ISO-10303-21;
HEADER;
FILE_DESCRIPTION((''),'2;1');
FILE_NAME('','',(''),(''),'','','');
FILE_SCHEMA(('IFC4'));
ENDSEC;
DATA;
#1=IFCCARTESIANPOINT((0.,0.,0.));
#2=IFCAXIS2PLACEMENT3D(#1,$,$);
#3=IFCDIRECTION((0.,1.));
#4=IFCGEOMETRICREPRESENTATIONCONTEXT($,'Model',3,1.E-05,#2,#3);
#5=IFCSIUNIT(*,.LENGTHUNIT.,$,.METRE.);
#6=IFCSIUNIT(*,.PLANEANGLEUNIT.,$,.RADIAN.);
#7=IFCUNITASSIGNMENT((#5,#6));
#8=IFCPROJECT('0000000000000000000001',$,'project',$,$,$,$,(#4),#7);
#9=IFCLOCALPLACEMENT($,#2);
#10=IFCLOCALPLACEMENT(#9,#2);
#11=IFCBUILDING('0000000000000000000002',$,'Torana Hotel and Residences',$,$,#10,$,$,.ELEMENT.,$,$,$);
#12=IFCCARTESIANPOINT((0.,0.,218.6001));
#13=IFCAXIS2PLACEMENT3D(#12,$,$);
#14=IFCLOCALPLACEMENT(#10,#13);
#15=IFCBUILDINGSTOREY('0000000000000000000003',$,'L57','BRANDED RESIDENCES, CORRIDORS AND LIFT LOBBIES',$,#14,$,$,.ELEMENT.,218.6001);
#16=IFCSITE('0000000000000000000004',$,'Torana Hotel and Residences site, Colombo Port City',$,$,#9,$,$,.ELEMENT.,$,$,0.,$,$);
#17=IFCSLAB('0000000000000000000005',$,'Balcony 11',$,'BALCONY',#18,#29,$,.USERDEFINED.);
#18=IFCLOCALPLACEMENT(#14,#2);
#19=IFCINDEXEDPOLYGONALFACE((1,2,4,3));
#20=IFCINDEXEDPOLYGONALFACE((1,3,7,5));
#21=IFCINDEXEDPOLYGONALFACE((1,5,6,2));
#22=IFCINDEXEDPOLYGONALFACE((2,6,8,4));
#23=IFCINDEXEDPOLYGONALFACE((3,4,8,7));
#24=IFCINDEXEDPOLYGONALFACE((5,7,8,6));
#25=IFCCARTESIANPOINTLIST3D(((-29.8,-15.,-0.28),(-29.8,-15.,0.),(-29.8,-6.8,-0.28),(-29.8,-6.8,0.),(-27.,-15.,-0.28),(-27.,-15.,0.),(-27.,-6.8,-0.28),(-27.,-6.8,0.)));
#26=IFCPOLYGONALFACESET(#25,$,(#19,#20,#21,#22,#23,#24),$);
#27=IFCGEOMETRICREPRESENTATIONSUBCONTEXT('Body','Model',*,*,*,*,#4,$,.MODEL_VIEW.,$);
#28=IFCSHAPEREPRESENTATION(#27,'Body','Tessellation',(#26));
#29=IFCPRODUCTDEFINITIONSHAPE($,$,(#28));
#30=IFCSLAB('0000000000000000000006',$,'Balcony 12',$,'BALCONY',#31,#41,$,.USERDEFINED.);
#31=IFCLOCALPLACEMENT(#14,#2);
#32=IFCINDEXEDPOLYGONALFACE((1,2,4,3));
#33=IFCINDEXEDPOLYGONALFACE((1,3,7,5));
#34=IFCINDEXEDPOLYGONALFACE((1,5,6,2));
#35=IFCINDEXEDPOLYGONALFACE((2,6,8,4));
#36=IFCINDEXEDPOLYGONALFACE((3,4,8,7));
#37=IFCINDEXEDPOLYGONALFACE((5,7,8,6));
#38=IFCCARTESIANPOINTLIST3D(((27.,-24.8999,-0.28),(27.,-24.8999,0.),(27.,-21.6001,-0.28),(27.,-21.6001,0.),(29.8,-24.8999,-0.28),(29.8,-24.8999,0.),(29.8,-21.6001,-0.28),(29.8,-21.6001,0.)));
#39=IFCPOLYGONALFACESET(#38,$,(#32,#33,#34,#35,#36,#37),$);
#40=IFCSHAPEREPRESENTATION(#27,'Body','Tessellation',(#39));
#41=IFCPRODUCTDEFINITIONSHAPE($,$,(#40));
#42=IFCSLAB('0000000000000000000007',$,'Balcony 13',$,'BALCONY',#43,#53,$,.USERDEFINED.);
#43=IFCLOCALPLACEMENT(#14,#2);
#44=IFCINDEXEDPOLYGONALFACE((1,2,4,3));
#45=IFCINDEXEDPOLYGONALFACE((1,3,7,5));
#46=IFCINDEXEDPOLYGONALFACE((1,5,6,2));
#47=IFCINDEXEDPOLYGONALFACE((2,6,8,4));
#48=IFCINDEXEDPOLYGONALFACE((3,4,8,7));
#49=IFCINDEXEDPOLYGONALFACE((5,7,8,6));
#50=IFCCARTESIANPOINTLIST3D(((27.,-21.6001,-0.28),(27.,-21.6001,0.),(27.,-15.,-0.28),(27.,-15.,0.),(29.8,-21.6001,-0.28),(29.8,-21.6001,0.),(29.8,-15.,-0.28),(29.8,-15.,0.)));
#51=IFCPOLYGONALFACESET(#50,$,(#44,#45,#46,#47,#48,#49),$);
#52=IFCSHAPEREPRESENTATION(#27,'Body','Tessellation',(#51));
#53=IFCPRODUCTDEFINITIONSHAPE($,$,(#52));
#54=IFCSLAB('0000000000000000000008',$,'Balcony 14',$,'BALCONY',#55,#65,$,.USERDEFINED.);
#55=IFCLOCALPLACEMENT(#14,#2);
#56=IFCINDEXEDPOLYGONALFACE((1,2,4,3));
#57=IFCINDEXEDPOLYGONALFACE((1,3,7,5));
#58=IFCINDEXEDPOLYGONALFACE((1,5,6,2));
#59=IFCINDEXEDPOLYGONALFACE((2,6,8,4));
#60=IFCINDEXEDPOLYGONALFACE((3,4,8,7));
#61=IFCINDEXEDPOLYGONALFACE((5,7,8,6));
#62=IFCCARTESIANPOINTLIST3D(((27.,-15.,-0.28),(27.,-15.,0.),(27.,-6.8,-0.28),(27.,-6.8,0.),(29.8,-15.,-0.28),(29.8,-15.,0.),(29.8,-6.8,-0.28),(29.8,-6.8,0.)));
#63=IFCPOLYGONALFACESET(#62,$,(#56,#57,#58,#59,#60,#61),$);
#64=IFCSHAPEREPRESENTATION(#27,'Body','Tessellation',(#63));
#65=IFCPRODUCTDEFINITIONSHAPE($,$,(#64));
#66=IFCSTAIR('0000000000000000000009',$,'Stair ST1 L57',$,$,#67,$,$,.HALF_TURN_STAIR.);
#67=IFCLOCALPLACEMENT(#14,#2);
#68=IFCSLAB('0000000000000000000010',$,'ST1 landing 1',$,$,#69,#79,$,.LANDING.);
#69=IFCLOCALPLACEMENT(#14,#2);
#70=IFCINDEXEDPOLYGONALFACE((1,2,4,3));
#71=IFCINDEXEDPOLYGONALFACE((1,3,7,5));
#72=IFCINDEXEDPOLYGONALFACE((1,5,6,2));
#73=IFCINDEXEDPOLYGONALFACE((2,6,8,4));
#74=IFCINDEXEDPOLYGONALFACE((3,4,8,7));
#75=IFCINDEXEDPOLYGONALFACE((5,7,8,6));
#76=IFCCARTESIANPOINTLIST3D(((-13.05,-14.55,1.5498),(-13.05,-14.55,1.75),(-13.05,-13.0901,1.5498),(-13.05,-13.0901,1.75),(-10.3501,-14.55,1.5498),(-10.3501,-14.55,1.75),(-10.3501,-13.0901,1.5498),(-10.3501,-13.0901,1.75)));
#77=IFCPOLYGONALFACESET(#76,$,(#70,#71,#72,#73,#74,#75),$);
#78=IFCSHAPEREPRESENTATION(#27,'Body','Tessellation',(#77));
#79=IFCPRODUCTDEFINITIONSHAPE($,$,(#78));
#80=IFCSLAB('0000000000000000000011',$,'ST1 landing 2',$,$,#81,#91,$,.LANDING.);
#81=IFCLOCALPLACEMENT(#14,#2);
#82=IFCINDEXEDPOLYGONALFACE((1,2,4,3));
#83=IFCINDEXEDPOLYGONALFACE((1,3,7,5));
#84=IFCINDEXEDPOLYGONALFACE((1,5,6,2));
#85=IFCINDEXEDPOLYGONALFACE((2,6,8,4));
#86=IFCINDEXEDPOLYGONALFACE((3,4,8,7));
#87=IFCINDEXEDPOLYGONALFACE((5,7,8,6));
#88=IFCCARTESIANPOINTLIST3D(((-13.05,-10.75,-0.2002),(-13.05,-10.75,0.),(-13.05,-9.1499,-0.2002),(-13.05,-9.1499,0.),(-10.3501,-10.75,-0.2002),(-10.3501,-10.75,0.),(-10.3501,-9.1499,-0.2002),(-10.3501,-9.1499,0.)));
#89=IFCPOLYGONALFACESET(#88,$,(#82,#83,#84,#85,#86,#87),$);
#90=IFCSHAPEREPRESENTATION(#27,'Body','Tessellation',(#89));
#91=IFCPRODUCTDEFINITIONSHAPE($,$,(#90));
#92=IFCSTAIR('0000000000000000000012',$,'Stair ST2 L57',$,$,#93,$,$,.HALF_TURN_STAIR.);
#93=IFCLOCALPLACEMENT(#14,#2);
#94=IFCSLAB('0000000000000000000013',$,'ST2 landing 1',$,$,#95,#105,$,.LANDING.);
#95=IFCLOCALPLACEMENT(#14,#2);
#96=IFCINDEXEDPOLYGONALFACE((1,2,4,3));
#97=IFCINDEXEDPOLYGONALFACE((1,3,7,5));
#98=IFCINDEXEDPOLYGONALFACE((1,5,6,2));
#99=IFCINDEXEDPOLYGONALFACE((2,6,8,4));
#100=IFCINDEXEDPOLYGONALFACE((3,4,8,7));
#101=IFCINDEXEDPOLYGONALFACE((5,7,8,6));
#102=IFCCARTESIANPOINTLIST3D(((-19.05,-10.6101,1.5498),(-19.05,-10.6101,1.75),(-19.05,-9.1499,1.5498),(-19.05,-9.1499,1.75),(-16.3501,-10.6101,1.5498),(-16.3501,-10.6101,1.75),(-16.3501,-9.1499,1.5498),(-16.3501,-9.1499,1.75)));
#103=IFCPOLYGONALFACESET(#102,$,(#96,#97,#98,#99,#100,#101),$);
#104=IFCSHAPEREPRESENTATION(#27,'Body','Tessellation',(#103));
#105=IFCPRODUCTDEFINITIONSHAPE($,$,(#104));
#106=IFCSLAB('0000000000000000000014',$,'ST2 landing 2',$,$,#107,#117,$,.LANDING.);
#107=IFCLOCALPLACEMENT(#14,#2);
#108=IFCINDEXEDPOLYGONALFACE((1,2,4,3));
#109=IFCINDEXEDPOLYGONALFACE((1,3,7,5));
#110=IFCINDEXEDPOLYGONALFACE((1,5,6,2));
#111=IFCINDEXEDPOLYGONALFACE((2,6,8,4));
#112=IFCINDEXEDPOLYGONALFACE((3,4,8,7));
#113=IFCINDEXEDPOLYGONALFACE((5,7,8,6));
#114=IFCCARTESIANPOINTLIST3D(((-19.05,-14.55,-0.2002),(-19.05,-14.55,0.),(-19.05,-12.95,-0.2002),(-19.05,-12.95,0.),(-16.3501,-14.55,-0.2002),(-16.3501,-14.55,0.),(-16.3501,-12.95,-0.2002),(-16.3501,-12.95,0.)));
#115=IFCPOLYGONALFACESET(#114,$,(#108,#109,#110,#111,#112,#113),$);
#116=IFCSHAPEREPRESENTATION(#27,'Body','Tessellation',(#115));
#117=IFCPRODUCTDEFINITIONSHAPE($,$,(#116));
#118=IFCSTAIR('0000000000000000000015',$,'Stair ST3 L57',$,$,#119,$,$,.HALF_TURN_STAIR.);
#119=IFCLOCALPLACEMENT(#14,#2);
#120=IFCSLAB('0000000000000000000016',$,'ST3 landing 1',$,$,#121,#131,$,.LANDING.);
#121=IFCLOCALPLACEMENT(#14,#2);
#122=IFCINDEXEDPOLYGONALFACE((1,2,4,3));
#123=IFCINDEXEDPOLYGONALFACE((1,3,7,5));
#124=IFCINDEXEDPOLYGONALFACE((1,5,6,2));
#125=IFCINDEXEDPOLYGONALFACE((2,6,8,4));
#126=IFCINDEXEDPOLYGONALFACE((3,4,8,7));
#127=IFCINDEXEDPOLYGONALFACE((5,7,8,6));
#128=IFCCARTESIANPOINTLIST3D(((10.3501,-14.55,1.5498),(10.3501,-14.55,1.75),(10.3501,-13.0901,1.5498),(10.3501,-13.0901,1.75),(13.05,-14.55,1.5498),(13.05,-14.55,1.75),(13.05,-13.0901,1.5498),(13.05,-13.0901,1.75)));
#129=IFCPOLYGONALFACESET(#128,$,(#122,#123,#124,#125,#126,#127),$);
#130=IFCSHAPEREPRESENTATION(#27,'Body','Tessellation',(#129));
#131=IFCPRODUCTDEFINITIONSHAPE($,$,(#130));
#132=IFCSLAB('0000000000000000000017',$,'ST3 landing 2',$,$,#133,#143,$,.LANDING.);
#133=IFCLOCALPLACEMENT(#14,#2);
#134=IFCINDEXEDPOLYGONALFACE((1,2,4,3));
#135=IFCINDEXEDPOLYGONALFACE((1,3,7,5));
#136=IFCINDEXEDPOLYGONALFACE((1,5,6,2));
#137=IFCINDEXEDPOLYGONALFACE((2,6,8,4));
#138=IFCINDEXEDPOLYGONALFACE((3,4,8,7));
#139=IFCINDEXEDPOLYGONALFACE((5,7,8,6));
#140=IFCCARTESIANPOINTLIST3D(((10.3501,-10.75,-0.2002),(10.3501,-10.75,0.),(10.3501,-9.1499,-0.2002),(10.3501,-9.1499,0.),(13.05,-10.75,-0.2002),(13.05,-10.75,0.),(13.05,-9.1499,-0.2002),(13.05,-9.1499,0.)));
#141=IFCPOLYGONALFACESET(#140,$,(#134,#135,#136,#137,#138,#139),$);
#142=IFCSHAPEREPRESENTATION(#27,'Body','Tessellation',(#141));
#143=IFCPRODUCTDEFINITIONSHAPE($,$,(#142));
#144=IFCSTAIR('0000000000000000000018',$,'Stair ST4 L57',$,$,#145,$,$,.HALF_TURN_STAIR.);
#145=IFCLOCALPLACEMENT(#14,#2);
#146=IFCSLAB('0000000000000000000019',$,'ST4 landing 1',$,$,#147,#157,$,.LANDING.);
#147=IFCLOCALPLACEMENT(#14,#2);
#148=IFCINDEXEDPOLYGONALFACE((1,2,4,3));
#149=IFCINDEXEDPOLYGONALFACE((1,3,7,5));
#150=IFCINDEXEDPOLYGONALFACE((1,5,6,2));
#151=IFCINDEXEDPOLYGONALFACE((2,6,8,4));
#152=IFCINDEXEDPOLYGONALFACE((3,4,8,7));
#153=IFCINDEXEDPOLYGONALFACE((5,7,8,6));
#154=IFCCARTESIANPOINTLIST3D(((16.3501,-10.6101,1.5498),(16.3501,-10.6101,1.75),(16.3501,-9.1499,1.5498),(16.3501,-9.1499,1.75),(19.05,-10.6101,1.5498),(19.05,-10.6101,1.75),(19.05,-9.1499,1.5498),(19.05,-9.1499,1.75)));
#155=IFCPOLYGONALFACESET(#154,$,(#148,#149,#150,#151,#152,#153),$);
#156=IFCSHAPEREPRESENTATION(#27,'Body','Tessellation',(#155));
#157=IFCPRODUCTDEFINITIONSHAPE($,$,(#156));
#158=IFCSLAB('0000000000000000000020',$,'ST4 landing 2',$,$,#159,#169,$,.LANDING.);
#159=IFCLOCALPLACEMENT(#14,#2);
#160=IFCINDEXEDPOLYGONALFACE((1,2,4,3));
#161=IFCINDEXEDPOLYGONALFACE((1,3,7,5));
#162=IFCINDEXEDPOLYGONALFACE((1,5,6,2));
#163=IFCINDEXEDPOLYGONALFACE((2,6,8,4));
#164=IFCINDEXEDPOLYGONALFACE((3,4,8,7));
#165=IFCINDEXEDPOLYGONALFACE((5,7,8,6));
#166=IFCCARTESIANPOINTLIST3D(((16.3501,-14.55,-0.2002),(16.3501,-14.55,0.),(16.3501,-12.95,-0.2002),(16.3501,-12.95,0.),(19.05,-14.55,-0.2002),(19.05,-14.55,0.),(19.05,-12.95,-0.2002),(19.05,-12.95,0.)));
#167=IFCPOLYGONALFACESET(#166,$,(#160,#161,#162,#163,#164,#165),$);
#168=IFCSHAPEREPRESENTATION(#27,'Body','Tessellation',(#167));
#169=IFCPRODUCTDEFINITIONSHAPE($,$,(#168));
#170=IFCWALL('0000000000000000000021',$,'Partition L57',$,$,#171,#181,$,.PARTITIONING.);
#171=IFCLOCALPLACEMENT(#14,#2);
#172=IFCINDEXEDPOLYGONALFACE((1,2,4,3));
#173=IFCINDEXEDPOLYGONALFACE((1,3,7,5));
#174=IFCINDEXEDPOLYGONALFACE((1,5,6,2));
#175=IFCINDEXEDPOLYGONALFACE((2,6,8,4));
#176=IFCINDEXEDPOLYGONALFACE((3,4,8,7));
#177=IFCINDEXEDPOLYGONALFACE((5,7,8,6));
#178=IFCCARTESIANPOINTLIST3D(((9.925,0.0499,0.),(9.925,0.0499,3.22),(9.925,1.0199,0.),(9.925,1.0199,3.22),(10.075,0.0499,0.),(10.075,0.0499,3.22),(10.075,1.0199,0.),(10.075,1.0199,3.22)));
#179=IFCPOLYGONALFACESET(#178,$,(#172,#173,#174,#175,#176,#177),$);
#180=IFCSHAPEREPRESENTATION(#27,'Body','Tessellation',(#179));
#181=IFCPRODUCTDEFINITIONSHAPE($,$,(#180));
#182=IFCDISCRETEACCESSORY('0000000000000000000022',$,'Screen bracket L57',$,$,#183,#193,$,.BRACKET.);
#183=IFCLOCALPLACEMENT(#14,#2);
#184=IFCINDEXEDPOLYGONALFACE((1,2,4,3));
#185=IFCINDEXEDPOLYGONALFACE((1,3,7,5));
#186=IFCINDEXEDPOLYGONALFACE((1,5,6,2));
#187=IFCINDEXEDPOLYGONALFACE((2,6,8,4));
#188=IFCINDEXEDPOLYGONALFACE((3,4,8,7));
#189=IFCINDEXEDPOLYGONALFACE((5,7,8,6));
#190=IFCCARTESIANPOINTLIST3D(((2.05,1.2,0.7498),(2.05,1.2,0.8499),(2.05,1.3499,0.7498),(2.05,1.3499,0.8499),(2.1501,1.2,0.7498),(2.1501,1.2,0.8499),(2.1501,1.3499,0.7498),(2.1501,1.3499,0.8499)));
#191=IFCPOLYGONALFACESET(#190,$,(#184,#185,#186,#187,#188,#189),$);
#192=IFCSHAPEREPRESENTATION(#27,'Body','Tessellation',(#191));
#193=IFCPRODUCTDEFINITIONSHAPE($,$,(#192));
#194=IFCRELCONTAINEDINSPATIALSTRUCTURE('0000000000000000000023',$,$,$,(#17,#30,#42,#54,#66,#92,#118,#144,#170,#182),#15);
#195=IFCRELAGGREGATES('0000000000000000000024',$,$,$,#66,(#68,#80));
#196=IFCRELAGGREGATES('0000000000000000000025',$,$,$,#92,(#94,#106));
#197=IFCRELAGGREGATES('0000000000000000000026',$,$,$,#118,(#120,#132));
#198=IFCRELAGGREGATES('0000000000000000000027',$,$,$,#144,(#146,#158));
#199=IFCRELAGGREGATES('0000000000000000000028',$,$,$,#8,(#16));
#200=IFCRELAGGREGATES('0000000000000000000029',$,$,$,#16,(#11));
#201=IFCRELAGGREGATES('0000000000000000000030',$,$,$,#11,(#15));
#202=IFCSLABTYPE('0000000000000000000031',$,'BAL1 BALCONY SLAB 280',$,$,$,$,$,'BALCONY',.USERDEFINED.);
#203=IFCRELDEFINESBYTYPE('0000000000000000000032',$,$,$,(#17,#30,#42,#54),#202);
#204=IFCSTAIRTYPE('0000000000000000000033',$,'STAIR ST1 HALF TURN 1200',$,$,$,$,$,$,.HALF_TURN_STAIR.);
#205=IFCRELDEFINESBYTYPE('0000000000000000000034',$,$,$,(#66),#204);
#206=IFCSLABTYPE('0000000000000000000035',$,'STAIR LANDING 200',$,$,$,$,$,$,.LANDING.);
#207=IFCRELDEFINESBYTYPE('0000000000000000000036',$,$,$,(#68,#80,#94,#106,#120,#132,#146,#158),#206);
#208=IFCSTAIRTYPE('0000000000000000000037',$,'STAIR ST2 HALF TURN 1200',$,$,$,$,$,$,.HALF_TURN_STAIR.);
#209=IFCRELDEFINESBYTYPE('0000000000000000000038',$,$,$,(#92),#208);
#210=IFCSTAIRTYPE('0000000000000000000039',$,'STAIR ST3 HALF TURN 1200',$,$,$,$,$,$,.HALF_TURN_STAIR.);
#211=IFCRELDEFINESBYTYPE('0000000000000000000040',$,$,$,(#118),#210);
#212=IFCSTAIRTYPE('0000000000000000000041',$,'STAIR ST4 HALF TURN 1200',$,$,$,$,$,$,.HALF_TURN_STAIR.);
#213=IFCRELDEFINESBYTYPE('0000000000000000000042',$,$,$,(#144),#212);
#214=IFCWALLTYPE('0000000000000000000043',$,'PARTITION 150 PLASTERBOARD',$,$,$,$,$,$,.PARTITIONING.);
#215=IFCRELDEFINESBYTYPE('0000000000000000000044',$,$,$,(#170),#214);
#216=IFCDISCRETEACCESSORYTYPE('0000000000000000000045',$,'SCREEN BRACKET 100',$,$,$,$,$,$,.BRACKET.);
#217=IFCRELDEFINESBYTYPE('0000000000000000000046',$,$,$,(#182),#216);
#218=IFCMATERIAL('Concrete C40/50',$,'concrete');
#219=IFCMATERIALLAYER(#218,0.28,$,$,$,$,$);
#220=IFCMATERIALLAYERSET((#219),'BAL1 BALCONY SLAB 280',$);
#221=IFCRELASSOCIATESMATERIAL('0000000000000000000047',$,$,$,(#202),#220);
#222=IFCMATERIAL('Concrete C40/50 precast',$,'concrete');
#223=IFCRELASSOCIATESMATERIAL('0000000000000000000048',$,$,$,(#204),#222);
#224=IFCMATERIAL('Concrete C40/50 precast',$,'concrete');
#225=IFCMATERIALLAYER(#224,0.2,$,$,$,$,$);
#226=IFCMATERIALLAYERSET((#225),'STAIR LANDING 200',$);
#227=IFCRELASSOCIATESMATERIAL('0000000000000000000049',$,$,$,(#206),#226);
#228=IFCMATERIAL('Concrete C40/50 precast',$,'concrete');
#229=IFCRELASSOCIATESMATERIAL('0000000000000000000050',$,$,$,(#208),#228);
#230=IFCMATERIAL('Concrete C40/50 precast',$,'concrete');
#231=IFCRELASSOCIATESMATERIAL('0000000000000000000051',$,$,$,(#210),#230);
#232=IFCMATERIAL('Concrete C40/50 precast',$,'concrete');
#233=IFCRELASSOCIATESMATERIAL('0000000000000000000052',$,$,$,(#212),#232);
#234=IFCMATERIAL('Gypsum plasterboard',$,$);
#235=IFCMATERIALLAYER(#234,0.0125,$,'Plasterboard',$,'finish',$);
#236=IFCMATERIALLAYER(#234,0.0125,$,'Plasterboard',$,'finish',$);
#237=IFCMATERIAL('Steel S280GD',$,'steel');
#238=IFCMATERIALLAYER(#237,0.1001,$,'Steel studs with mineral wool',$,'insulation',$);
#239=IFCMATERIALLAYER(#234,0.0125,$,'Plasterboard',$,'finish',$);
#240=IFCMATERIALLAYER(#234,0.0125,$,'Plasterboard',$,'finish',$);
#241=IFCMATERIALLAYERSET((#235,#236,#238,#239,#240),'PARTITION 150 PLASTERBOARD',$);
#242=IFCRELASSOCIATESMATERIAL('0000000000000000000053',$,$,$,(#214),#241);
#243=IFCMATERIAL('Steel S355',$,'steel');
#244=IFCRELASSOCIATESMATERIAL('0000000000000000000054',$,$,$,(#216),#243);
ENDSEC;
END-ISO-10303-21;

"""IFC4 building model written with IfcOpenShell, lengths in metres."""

from ifc_helpers import new_model, si_unit, direction, frame, frame_2d, origin, origin_2d, place, context, subcontext, project, spatial, polyline, rectangle, outline, extrude, material, layer, layer_set, type_object, element, aggregate, save


model = new_model("IFC4")

# Units and contexts
model_context = context("Model", 3, precision=1e-05, world=origin(), true_north=direction((0.0, 1.0)))
body_context = subcontext(model_context, "Body", "Model", "MODEL_VIEW")
ifc_project = project(units=[si_unit("LENGTHUNIT", "METRE"), si_unit("PLANEANGLEUNIT", "RADIAN")], contexts=[model_context])

# Site, building, storey
site_placement = place(None, origin())
site = spatial("IfcSite", under=ifc_project, at=site_placement, Name="Torana Hotel and Residences site, Colombo Port City", CompositionType="ELEMENT", RefElevation=0.0)
building_placement = place(site_placement, origin())
building = spatial("IfcBuilding", under=site, at=building_placement, Name="Torana Hotel and Residences", CompositionType="ELEMENT")
storey_placement = place(building_placement, frame((0.0, 0.0, 218.6001)))
storey = spatial("IfcBuildingStorey", under=building, at=storey_placement, Name="L57", Description="BRANDED RESIDENCES, CORRIDORS AND LIFT LOBBIES", CompositionType="ELEMENT", Elevation=218.6001)

# Slabs
ifc_material_1 = material(Name="Concrete C40/50", Category="concrete")
ifc_layer_1 = layer(ifc_material_1, 0.28)
ifc_layer_set_1 = layer_set([ifc_layer_1], Name="BAL1 BALCONY SLAB 280")
slab_type_1 = type_object("IfcSlabType", Name="BAL1 BALCONY SLAB 280", ElementType="BALCONY", PredefinedType="USERDEFINED", material=ifc_layer_set_1)
slab_1_placement = place(storey_placement, frame((0.0, 0.0, -0.28)))
element("IfcSlab", 1, at=slab_1_placement, inside=storey, type_object=slab_type_1, Name="Balcony 11", ObjectType="BALCONY", PredefinedType="USERDEFINED", context=body_context, shape_type="SweptSolid", body=[
    extrude(outline(polyline([(-29.8, -15.0), (-27.0, -15.0), (-27.0, -6.8), (-29.8, -6.8), (-29.8, -15.0)])), origin(), (0.0, 0.0, 1.0), 0.28),
])
slab_2_placement = place(storey_placement, frame((0.0, 0.0, -0.28)))
element("IfcSlab", 2, at=slab_2_placement, inside=storey, type_object=slab_type_1, Name="Balcony 12", ObjectType="BALCONY", PredefinedType="USERDEFINED", context=body_context, shape_type="SweptSolid", body=[
    extrude(outline(polyline([(27.0, -24.8999), (29.8, -24.8999), (29.8, -21.6001), (27.0, -21.6001), (27.0, -24.8999)])), origin(), (0.0, 0.0, 1.0), 0.28),
])
slab_3_placement = place(storey_placement, frame((0.0, 0.0, -0.28)))
element("IfcSlab", 3, at=slab_3_placement, inside=storey, type_object=slab_type_1, Name="Balcony 13", ObjectType="BALCONY", PredefinedType="USERDEFINED", context=body_context, shape_type="SweptSolid", body=[
    extrude(outline(polyline([(27.0, -21.6001), (29.8, -21.6001), (29.8, -15.0), (27.0, -15.0), (27.0, -21.6001)])), origin(), (0.0, 0.0, 1.0), 0.28),
])
slab_4_placement = place(storey_placement, frame((0.0, 0.0, -0.28)))
element("IfcSlab", 4, at=slab_4_placement, inside=storey, type_object=slab_type_1, Name="Balcony 14", ObjectType="BALCONY", PredefinedType="USERDEFINED", context=body_context, shape_type="SweptSolid", body=[
    extrude(outline(polyline([(27.0, -15.0), (29.8, -15.0), (29.8, -6.8), (27.0, -6.8), (27.0, -15.0)])), origin(), (0.0, 0.0, 1.0), 0.28),
])

# Stairs, slabs
ifc_material_2 = material(Name="Concrete C40/50 precast", Category="concrete")
stair_type_1 = type_object("IfcStairType", Name="STAIR ST1 HALF TURN 1200", PredefinedType="HALF_TURN_STAIR", material=ifc_material_2)
stair_1_placement = place(storey_placement, origin())
stair_1 = element("IfcStair", 5, at=stair_1_placement, inside=storey, type_object=stair_type_1, Name="Stair ST1 L57", PredefinedType="HALF_TURN_STAIR")
ifc_material_3 = material(Name="Concrete C40/50 precast", Category="concrete")
ifc_layer_2 = layer(ifc_material_3, 0.2)
ifc_layer_set_2 = layer_set([ifc_layer_2], Name="STAIR LANDING 200")
slab_type_2 = type_object("IfcSlabType", Name="STAIR LANDING 200", PredefinedType="LANDING", material=ifc_layer_set_2)
slab_5_placement = place(storey_placement, frame((0.0, 0.0, 1.5498)))
slab_5 = element("IfcSlab", 6, at=slab_5_placement, type_object=slab_type_2, Name="ST1 landing 1", PredefinedType="LANDING", context=body_context, shape_type="SweptSolid", body=[
    extrude(outline(polyline([(-13.05, -14.55), (-10.3501, -14.55), (-10.3501, -13.0901), (-13.05, -13.0901), (-13.05, -14.55)])), origin(), (0.0, 0.0, 1.0), 0.2002),
])
slab_6_placement = place(storey_placement, frame((0.0, 0.0, -0.2002)))
slab_6 = element("IfcSlab", 7, at=slab_6_placement, type_object=slab_type_2, Name="ST1 landing 2", PredefinedType="LANDING", context=body_context, shape_type="SweptSolid", body=[
    extrude(outline(polyline([(-13.05, -10.75), (-10.3501, -10.75), (-10.3501, -9.1499), (-13.05, -9.1499), (-13.05, -10.75)])), origin(), (0.0, 0.0, 1.0), 0.2002),
])
aggregate(stair_1, [slab_5, slab_6])
ifc_material_4 = material(Name="Concrete C40/50 precast", Category="concrete")
stair_type_2 = type_object("IfcStairType", Name="STAIR ST2 HALF TURN 1200", PredefinedType="HALF_TURN_STAIR", material=ifc_material_4)
stair_2_placement = place(storey_placement, origin())
stair_2 = element("IfcStair", 8, at=stair_2_placement, inside=storey, type_object=stair_type_2, Name="Stair ST2 L57", PredefinedType="HALF_TURN_STAIR")
slab_7_placement = place(storey_placement, frame((0.0, 0.0, 1.5498)))
slab_7 = element("IfcSlab", 9, at=slab_7_placement, type_object=slab_type_2, Name="ST2 landing 1", PredefinedType="LANDING", context=body_context, shape_type="SweptSolid", body=[
    extrude(outline(polyline([(-19.05, -10.6101), (-16.3501, -10.6101), (-16.3501, -9.1499), (-19.05, -9.1499), (-19.05, -10.6101)])), origin(), (0.0, 0.0, 1.0), 0.2002),
])
slab_8_placement = place(storey_placement, frame((0.0, 0.0, -0.2002)))
slab_8 = element("IfcSlab", 10, at=slab_8_placement, type_object=slab_type_2, Name="ST2 landing 2", PredefinedType="LANDING", context=body_context, shape_type="SweptSolid", body=[
    extrude(outline(polyline([(-19.05, -14.55), (-16.3501, -14.55), (-16.3501, -12.95), (-19.05, -12.95), (-19.05, -14.55)])), origin(), (0.0, 0.0, 1.0), 0.2002),
])
aggregate(stair_2, [slab_7, slab_8])
ifc_material_5 = material(Name="Concrete C40/50 precast", Category="concrete")
stair_type_3 = type_object("IfcStairType", Name="STAIR ST3 HALF TURN 1200", PredefinedType="HALF_TURN_STAIR", material=ifc_material_5)
stair_3_placement = place(storey_placement, origin())
stair_3 = element("IfcStair", 11, at=stair_3_placement, inside=storey, type_object=stair_type_3, Name="Stair ST3 L57", PredefinedType="HALF_TURN_STAIR")
slab_9_placement = place(storey_placement, frame((0.0, 0.0, 1.5498)))
slab_9 = element("IfcSlab", 12, at=slab_9_placement, type_object=slab_type_2, Name="ST3 landing 1", PredefinedType="LANDING", context=body_context, shape_type="SweptSolid", body=[
    extrude(outline(polyline([(10.3501, -14.55), (13.05, -14.55), (13.05, -13.0901), (10.3501, -13.0901), (10.3501, -14.55)])), origin(), (0.0, 0.0, 1.0), 0.2002),
])
slab_10_placement = place(storey_placement, frame((0.0, 0.0, -0.2002)))
slab_10 = element("IfcSlab", 13, at=slab_10_placement, type_object=slab_type_2, Name="ST3 landing 2", PredefinedType="LANDING", context=body_context, shape_type="SweptSolid", body=[
    extrude(outline(polyline([(10.3501, -10.75), (13.05, -10.75), (13.05, -9.1499), (10.3501, -9.1499), (10.3501, -10.75)])), origin(), (0.0, 0.0, 1.0), 0.2002),
])
aggregate(stair_3, [slab_9, slab_10])
ifc_material_6 = material(Name="Concrete C40/50 precast", Category="concrete")
stair_type_4 = type_object("IfcStairType", Name="STAIR ST4 HALF TURN 1200", PredefinedType="HALF_TURN_STAIR", material=ifc_material_6)
stair_4_placement = place(storey_placement, origin())
stair_4 = element("IfcStair", 14, at=stair_4_placement, inside=storey, type_object=stair_type_4, Name="Stair ST4 L57", PredefinedType="HALF_TURN_STAIR")
slab_11_placement = place(storey_placement, frame((0.0, 0.0, 1.5498)))
slab_11 = element("IfcSlab", 15, at=slab_11_placement, type_object=slab_type_2, Name="ST4 landing 1", PredefinedType="LANDING", context=body_context, shape_type="SweptSolid", body=[
    extrude(outline(polyline([(16.3501, -10.6101), (19.05, -10.6101), (19.05, -9.1499), (16.3501, -9.1499), (16.3501, -10.6101)])), origin(), (0.0, 0.0, 1.0), 0.2002),
])
slab_12_placement = place(storey_placement, frame((0.0, 0.0, -0.2002)))
slab_12 = element("IfcSlab", 16, at=slab_12_placement, type_object=slab_type_2, Name="ST4 landing 2", PredefinedType="LANDING", context=body_context, shape_type="SweptSolid", body=[
    extrude(outline(polyline([(16.3501, -14.55), (19.05, -14.55), (19.05, -12.95), (16.3501, -12.95), (16.3501, -14.55)])), origin(), (0.0, 0.0, 1.0), 0.2002),
])
aggregate(stair_4, [slab_11, slab_12])

# Wall
ifc_material_7 = material(Name="Gypsum plasterboard")
ifc_layer_3 = layer(ifc_material_7, 0.0125, Name="Plasterboard", Category="finish")
ifc_layer_4 = layer(ifc_material_7, 0.0125, Name="Plasterboard", Category="finish")
ifc_material_8 = material(Name="Steel S280GD", Category="steel")
ifc_layer_5 = layer(ifc_material_8, 0.1001, Name="Steel studs with mineral wool", Category="insulation")
ifc_layer_6 = layer(ifc_material_7, 0.0125, Name="Plasterboard", Category="finish")
ifc_layer_7 = layer(ifc_material_7, 0.0125, Name="Plasterboard", Category="finish")
ifc_layer_set_3 = layer_set([ifc_layer_3, ifc_layer_4, ifc_layer_5, ifc_layer_6, ifc_layer_7], Name="PARTITION 150 PLASTERBOARD")
wall_type = type_object("IfcWallType", Name="PARTITION 150 PLASTERBOARD", PredefinedType="PARTITIONING", material=ifc_layer_set_3)
wall_placement = place(storey_placement, frame((10.0, 0.05, 0.0), z_axis=(0.0, 0.0, 1.0), x_axis=(0.0, 1.0, 0.0)))
element("IfcWall", 17, at=wall_placement, inside=storey, type_object=wall_type, Name="Partition L57", PredefinedType="PARTITIONING", context=body_context, shape_type="SweptSolid", body=[
    extrude(rectangle(XDim=0.97, YDim=0.1499, at=frame_2d((0.4849, 0.0))), origin(), (0.0, 0.0, 1.0), 3.22),
])

# Discrete accessory
ifc_material_9 = material(Name="Steel S355", Category="steel")
discrete_accessory_type = type_object("IfcDiscreteAccessoryType", Name="SCREEN BRACKET 100", PredefinedType="BRACKET", material=ifc_material_9)
for number, where, z_axis, x_axis, name in (
    (18, (2.1001, 1.2749, 0.7498), (0.0, 0.0, 1.0), (-1.0, 0.0, 0.0), "Screen bracket L57"),
):
    element("IfcDiscreteAccessory", number, at=place(storey_placement, frame(where, z_axis=z_axis, x_axis=x_axis)), inside=storey, type_object=discrete_accessory_type, Name=name, PredefinedType="BRACKET", context=body_context, shape_type="SweptSolid", body=[
        extrude(rectangle(XDim=0.1001, YDim=0.1499, at=origin_2d()), origin(), (0.0, 0.0, 1.0), 0.1001),
    ])

save(model, "model.ifc")
